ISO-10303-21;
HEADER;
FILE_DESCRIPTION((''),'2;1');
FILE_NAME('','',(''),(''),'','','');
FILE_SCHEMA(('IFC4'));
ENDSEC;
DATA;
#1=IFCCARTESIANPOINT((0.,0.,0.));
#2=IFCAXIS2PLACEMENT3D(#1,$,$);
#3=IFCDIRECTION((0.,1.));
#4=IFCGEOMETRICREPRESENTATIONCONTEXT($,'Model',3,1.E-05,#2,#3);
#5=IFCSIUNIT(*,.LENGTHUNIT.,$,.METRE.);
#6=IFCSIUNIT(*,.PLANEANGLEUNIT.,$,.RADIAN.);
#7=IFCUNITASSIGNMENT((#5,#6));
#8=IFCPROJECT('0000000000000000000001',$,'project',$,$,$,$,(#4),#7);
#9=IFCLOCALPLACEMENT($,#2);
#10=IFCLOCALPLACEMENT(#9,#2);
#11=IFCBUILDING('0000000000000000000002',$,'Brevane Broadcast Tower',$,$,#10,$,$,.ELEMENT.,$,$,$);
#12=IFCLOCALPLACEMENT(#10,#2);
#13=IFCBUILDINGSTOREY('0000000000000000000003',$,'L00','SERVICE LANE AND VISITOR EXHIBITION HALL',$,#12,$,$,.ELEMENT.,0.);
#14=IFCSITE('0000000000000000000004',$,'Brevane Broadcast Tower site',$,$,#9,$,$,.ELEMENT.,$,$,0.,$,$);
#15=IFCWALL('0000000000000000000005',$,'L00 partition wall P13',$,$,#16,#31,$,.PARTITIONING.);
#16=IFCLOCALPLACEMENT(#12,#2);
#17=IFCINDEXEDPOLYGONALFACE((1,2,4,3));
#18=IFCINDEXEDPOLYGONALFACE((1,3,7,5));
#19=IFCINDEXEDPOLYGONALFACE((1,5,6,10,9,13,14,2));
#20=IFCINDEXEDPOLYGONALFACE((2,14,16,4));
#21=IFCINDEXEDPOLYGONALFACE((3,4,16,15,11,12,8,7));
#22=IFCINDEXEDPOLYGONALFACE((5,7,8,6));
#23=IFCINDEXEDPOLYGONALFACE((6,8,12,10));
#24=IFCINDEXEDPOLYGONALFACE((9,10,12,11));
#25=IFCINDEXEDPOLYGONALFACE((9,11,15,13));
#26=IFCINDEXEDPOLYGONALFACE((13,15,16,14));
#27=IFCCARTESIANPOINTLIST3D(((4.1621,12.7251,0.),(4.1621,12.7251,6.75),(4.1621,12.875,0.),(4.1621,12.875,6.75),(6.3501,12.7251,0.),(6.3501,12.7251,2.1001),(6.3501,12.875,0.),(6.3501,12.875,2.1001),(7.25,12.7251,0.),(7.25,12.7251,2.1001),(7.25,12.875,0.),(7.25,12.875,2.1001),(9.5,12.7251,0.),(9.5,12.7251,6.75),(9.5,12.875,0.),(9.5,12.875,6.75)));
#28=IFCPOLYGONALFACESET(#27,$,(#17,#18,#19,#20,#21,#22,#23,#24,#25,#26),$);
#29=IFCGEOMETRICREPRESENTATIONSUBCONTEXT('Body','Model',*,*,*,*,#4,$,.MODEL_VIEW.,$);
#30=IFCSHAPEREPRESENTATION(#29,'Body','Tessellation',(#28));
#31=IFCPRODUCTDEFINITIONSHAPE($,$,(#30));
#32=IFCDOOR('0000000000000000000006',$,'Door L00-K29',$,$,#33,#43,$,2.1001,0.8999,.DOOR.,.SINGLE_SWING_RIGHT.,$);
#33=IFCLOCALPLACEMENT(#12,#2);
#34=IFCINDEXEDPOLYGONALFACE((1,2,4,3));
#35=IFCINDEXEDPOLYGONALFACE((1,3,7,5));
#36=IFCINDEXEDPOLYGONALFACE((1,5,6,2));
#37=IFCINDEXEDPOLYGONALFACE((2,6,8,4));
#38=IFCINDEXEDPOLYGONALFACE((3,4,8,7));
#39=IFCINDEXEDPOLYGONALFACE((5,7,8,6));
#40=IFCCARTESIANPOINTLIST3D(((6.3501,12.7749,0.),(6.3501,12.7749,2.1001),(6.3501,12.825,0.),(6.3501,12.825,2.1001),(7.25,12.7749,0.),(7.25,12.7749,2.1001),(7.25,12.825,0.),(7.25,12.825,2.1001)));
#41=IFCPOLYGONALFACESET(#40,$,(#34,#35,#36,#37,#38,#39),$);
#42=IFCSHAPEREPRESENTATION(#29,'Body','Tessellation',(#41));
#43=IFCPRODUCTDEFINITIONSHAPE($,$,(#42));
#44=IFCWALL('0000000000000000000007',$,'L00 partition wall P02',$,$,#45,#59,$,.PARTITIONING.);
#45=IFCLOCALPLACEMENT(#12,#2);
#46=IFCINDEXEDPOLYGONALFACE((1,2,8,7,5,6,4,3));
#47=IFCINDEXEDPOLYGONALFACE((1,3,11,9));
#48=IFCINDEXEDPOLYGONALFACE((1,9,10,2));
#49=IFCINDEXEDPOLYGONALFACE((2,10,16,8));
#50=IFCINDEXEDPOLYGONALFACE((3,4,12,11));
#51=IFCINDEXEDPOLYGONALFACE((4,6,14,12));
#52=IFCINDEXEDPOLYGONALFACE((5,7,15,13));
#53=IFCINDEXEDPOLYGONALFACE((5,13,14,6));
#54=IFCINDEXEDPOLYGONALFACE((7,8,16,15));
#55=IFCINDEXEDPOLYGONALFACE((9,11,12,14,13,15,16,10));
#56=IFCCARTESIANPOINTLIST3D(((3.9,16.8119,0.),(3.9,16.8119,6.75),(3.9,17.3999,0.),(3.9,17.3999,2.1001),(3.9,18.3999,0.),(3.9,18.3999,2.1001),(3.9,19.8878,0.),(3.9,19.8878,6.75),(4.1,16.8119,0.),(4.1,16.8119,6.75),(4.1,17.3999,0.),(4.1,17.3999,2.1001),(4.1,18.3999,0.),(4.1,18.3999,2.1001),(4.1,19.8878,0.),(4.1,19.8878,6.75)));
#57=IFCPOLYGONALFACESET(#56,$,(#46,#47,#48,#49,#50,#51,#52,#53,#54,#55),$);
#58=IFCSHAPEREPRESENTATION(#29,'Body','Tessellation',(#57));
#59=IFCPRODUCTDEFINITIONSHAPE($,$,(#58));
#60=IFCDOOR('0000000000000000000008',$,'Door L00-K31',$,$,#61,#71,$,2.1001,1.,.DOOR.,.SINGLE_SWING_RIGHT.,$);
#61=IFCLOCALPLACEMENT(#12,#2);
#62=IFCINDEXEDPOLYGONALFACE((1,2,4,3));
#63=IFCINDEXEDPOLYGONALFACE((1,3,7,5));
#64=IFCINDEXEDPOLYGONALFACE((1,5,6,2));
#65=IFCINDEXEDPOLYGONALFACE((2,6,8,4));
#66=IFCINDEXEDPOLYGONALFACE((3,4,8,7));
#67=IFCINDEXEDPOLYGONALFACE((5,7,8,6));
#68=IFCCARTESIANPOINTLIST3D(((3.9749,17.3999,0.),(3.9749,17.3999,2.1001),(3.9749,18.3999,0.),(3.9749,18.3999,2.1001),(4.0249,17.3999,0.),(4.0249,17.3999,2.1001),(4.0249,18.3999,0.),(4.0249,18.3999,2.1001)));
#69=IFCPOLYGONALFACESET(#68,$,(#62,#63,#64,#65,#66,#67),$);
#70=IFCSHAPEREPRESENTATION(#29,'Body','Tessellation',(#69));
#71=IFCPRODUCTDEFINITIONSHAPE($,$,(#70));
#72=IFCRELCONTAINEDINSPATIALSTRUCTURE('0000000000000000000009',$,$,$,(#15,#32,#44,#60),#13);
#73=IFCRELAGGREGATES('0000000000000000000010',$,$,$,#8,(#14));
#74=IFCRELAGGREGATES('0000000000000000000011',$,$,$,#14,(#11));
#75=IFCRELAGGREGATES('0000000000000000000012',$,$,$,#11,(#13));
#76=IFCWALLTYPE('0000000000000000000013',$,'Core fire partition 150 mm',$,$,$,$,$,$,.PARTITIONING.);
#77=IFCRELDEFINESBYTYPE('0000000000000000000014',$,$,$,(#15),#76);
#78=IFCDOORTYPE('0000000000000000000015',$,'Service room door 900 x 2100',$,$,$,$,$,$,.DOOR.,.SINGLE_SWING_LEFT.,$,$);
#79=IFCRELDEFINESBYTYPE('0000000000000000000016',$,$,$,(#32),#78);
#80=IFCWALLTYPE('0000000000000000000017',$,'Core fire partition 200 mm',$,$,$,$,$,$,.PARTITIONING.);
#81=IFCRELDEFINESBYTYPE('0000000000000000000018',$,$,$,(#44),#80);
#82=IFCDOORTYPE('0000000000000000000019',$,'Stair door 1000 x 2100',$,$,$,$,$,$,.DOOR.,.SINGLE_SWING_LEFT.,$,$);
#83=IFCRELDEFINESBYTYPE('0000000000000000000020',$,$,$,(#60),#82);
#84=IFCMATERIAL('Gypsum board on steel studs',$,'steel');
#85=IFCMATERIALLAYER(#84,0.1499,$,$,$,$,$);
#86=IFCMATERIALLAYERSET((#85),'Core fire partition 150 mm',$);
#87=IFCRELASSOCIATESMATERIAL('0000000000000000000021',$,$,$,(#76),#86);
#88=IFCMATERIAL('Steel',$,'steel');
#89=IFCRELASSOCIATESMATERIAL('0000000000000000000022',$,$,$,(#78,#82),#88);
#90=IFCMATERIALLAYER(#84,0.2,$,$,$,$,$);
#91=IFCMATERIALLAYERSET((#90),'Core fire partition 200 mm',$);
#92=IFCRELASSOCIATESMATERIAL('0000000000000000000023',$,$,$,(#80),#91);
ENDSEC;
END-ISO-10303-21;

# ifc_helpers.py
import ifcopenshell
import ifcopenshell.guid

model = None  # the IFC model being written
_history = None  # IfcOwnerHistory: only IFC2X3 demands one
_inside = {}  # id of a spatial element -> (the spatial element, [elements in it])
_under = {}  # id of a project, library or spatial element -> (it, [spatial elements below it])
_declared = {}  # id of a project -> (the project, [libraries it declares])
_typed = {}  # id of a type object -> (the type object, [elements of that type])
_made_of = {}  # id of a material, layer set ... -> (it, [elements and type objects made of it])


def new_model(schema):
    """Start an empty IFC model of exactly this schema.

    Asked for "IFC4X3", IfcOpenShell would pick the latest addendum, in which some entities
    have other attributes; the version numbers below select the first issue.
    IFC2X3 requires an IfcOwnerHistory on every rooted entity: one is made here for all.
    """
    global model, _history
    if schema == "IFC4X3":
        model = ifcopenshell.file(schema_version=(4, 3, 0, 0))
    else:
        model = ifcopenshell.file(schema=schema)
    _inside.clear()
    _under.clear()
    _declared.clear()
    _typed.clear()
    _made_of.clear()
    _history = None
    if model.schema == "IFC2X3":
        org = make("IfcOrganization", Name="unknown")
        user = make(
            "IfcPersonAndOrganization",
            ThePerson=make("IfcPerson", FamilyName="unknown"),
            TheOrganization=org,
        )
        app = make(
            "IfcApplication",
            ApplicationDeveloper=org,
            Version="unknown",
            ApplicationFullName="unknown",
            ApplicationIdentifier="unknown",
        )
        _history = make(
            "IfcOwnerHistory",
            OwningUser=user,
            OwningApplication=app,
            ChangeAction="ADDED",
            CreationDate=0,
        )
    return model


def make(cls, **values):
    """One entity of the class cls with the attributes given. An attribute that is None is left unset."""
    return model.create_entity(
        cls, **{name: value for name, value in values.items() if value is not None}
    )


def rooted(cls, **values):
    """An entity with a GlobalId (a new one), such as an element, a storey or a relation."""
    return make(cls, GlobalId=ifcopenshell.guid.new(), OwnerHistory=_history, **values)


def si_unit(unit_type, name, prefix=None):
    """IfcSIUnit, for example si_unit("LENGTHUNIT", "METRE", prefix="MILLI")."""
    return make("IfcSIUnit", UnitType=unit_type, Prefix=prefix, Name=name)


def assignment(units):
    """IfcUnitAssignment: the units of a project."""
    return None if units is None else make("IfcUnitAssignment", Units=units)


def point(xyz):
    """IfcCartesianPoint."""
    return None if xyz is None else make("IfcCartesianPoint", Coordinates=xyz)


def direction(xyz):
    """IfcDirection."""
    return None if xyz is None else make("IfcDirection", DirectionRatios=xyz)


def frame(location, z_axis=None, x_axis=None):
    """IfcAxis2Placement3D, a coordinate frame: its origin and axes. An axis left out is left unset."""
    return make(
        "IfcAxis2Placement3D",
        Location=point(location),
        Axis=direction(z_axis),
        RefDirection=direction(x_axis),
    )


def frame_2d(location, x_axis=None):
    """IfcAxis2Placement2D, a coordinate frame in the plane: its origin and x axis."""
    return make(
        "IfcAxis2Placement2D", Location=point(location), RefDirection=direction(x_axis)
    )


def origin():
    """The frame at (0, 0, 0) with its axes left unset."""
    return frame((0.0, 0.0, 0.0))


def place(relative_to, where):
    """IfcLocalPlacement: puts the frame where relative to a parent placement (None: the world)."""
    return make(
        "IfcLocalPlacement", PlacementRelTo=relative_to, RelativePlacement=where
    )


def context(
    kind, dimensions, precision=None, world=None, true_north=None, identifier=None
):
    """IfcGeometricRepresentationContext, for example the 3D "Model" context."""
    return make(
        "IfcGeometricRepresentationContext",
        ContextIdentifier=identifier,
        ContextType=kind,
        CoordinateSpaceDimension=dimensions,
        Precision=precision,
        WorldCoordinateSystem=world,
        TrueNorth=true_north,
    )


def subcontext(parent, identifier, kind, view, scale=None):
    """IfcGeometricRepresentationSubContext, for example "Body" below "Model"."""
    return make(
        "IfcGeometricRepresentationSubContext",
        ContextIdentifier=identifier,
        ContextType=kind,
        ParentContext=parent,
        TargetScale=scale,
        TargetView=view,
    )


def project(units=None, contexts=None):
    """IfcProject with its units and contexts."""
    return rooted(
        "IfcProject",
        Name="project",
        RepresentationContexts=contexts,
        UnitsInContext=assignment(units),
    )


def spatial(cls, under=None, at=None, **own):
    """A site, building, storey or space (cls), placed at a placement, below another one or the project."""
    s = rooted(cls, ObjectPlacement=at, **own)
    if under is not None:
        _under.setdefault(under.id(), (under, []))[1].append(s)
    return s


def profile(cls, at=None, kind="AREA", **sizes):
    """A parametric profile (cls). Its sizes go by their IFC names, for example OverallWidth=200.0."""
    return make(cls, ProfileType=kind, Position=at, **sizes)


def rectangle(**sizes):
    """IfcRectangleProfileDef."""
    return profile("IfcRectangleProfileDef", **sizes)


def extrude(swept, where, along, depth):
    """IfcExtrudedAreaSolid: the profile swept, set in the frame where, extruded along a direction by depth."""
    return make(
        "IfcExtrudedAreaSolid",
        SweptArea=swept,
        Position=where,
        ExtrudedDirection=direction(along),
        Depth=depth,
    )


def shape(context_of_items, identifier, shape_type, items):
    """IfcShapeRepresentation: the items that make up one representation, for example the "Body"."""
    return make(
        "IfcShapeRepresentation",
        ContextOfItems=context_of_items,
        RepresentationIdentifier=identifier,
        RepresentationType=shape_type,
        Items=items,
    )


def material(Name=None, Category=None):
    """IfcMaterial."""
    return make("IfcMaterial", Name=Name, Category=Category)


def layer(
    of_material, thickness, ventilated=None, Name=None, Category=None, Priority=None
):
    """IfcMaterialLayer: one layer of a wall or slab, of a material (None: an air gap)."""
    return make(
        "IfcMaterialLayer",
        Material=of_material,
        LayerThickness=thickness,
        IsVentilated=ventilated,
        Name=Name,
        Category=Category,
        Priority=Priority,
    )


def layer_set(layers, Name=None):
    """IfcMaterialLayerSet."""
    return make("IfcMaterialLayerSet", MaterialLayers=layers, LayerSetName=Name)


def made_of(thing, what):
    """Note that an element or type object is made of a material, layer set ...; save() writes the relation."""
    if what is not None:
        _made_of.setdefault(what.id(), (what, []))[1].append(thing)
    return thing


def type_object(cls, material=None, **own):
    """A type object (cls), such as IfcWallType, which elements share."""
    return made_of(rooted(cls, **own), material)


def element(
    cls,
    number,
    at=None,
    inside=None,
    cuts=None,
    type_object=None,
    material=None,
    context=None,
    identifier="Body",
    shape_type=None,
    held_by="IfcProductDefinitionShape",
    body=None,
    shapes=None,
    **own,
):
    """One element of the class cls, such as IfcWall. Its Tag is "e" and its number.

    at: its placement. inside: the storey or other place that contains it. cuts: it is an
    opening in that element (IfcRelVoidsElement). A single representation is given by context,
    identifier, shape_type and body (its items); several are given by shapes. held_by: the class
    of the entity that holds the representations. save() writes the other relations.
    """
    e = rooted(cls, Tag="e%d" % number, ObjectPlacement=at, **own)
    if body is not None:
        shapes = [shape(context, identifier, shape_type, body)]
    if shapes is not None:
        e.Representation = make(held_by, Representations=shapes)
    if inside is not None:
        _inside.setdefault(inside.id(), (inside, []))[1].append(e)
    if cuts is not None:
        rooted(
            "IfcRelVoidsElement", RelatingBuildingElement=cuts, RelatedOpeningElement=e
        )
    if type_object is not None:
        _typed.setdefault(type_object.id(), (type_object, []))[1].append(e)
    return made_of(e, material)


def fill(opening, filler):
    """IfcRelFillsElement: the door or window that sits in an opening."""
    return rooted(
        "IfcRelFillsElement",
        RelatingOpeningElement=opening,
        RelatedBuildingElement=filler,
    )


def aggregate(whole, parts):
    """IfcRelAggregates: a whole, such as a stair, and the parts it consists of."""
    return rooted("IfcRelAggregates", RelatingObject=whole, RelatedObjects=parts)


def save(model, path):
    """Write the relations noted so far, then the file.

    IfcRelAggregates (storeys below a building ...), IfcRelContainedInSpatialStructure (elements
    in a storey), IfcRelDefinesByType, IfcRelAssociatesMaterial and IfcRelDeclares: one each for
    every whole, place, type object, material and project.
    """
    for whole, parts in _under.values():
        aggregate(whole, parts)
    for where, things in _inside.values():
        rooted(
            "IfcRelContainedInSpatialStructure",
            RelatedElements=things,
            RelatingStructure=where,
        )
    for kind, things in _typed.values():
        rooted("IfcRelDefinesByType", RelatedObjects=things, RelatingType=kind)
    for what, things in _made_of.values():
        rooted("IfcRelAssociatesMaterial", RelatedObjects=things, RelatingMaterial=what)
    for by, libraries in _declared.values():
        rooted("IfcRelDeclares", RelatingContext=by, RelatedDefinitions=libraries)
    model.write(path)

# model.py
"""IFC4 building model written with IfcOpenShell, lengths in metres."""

from ifc_helpers import new_model, si_unit, direction, frame, frame_2d, origin, place, context, subcontext, project, spatial, rectangle, extrude, material, layer, layer_set, type_object, element, fill, save


model = new_model("IFC4")

# Units and contexts
model_context = context("Model", 3, precision=1e-05, world=origin(), true_north=direction((0.0, 1.0)))
body_context = subcontext(model_context, "Body", "Model", "MODEL_VIEW")
ifc_project = project(units=[si_unit("LENGTHUNIT", "METRE"), si_unit("PLANEANGLEUNIT", "RADIAN")], contexts=[model_context])

# Site, building, storey
site_placement = place(None, origin())
site = spatial("IfcSite", under=ifc_project, at=site_placement, Name="Brevane Broadcast Tower site", CompositionType="ELEMENT", RefElevation=0.0)
building_placement = place(site_placement, origin())
building = spatial("IfcBuilding", under=site, at=building_placement, Name="Brevane Broadcast Tower", CompositionType="ELEMENT")
storey_placement = place(building_placement, origin())
storey = spatial("IfcBuildingStorey", under=building, at=storey_placement, Name="L00", Description="SERVICE LANE AND VISITOR EXHIBITION HALL", CompositionType="ELEMENT", Elevation=0.0)

# Walls, openings, doors
ifc_material_1 = material(Name="Gypsum board on steel studs", Category="steel")
ifc_layer_1 = layer(ifc_material_1, 0.1499)
ifc_layer_set_1 = layer_set([ifc_layer_1], Name="Core fire partition 150 mm")
wall_type_1 = type_object("IfcWallType", Name="Core fire partition 150 mm", PredefinedType="PARTITIONING", material=ifc_layer_set_1)
wall_1_placement = place(storey_placement, frame((4.1621, 12.8, 0.0), z_axis=(0.0, 0.0, 1.0), x_axis=(1.0, 0.0, 0.0)))
wall_1 = element("IfcWall", 1, at=wall_1_placement, inside=storey, type_object=wall_type_1, Name="L00 partition wall P13", PredefinedType="PARTITIONING", context=body_context, shape_type="SweptSolid", body=[
    extrude(rectangle(XDim=5.3379, YDim=0.1499, at=frame_2d((2.6689, 0.0))), origin(), (0.0, 0.0, 1.0), 6.75),
])
opening_1_placement = place(wall_1_placement, frame((2.188, 0.0, 0.0)))
opening_1 = element("IfcOpeningElement", 2, at=opening_1_placement, cuts=wall_1, PredefinedType="OPENING", context=body_context, shape_type="SweptSolid", body=[
    extrude(rectangle(XDim=0.8999, YDim=2.1001, at=frame_2d((0.45, 1.05))), frame((0.0, 0.085, 0.0), z_axis=(0.0, -1.0, 0.0), x_axis=(1.0, 0.0, 0.0)), (0.0, 0.0, 1.0), 0.1699),
])
ifc_material_2 = material(Name="Steel", Category="steel")
door_type_1 = type_object("IfcDoorType", Name="Service room door 900 x 2100", OperationType="SINGLE_SWING_LEFT", PredefinedType="DOOR", material=ifc_material_2)
door_1_placement = place(opening_1_placement, origin())
door_1 = element("IfcDoor", 3, at=door_1_placement, inside=storey, type_object=door_type_1, Name="Door L00-K29", OperationType="SINGLE_SWING_RIGHT", OverallHeight=2.1001, OverallWidth=0.8999, PredefinedType="DOOR", context=body_context, shape_type="SweptSolid", body=[
    extrude(rectangle(XDim=0.8999, YDim=2.1001, at=frame_2d((0.45, 1.05))), frame((0.0, 0.0249, 0.0), z_axis=(0.0, -1.0, 0.0), x_axis=(1.0, 0.0, 0.0)), (0.0, 0.0, 1.0), 0.05),
])
fill(opening_1, door_1)
ifc_layer_2 = layer(ifc_material_1, 0.2)
ifc_layer_set_2 = layer_set([ifc_layer_2], Name="Core fire partition 200 mm")
wall_type_2 = type_object("IfcWallType", Name="Core fire partition 200 mm", PredefinedType="PARTITIONING", material=ifc_layer_set_2)
wall_2_placement = place(storey_placement, frame((4.0, 19.8879, 0.0), z_axis=(0.0, 0.0, 1.0), x_axis=(0.0, -1.0, 0.0)))
wall_2 = element("IfcWall", 4, at=wall_2_placement, inside=storey, type_object=wall_type_2, Name="L00 partition wall P02", PredefinedType="PARTITIONING", context=body_context, shape_type="SweptSolid", body=[
    extrude(rectangle(XDim=3.0759, YDim=0.2, at=frame_2d((1.5381, 0.0))), origin(), (0.0, 0.0, 1.0), 6.75),
])
opening_2_placement = place(wall_2_placement, frame((1.488, 0.0, 0.0)))
opening_2 = element("IfcOpeningElement", 5, at=opening_2_placement, cuts=wall_2, PredefinedType="OPENING", context=body_context, shape_type="SweptSolid", body=[
    extrude(rectangle(XDim=1.0, YDim=2.1001, at=frame_2d((0.5, 1.05))), frame((0.0, 0.1099, 0.0), z_axis=(0.0, -1.0, 0.0), x_axis=(1.0, 0.0, 0.0)), (0.0, 0.0, 1.0), 0.22),
])
door_type_2 = type_object("IfcDoorType", Name="Stair door 1000 x 2100", OperationType="SINGLE_SWING_LEFT", PredefinedType="DOOR", material=ifc_material_2)
door_2_placement = place(opening_2_placement, origin())
door_2 = element("IfcDoor", 6, at=door_2_placement, inside=storey, type_object=door_type_2, Name="Door L00-K31", OperationType="SINGLE_SWING_RIGHT", OverallHeight=2.1001, OverallWidth=1.0, PredefinedType="DOOR", context=body_context, shape_type="SweptSolid", body=[
    extrude(rectangle(XDim=1.0, YDim=2.1001, at=frame_2d((0.5, 1.05))), frame((0.0, 0.0249, 0.0), z_axis=(0.0, -1.0, 0.0), x_axis=(1.0, 0.0, 0.0)), (0.0, 0.0, 1.0), 0.05),
])
fill(opening_2, door_2)

save(model, "model.ifc")
